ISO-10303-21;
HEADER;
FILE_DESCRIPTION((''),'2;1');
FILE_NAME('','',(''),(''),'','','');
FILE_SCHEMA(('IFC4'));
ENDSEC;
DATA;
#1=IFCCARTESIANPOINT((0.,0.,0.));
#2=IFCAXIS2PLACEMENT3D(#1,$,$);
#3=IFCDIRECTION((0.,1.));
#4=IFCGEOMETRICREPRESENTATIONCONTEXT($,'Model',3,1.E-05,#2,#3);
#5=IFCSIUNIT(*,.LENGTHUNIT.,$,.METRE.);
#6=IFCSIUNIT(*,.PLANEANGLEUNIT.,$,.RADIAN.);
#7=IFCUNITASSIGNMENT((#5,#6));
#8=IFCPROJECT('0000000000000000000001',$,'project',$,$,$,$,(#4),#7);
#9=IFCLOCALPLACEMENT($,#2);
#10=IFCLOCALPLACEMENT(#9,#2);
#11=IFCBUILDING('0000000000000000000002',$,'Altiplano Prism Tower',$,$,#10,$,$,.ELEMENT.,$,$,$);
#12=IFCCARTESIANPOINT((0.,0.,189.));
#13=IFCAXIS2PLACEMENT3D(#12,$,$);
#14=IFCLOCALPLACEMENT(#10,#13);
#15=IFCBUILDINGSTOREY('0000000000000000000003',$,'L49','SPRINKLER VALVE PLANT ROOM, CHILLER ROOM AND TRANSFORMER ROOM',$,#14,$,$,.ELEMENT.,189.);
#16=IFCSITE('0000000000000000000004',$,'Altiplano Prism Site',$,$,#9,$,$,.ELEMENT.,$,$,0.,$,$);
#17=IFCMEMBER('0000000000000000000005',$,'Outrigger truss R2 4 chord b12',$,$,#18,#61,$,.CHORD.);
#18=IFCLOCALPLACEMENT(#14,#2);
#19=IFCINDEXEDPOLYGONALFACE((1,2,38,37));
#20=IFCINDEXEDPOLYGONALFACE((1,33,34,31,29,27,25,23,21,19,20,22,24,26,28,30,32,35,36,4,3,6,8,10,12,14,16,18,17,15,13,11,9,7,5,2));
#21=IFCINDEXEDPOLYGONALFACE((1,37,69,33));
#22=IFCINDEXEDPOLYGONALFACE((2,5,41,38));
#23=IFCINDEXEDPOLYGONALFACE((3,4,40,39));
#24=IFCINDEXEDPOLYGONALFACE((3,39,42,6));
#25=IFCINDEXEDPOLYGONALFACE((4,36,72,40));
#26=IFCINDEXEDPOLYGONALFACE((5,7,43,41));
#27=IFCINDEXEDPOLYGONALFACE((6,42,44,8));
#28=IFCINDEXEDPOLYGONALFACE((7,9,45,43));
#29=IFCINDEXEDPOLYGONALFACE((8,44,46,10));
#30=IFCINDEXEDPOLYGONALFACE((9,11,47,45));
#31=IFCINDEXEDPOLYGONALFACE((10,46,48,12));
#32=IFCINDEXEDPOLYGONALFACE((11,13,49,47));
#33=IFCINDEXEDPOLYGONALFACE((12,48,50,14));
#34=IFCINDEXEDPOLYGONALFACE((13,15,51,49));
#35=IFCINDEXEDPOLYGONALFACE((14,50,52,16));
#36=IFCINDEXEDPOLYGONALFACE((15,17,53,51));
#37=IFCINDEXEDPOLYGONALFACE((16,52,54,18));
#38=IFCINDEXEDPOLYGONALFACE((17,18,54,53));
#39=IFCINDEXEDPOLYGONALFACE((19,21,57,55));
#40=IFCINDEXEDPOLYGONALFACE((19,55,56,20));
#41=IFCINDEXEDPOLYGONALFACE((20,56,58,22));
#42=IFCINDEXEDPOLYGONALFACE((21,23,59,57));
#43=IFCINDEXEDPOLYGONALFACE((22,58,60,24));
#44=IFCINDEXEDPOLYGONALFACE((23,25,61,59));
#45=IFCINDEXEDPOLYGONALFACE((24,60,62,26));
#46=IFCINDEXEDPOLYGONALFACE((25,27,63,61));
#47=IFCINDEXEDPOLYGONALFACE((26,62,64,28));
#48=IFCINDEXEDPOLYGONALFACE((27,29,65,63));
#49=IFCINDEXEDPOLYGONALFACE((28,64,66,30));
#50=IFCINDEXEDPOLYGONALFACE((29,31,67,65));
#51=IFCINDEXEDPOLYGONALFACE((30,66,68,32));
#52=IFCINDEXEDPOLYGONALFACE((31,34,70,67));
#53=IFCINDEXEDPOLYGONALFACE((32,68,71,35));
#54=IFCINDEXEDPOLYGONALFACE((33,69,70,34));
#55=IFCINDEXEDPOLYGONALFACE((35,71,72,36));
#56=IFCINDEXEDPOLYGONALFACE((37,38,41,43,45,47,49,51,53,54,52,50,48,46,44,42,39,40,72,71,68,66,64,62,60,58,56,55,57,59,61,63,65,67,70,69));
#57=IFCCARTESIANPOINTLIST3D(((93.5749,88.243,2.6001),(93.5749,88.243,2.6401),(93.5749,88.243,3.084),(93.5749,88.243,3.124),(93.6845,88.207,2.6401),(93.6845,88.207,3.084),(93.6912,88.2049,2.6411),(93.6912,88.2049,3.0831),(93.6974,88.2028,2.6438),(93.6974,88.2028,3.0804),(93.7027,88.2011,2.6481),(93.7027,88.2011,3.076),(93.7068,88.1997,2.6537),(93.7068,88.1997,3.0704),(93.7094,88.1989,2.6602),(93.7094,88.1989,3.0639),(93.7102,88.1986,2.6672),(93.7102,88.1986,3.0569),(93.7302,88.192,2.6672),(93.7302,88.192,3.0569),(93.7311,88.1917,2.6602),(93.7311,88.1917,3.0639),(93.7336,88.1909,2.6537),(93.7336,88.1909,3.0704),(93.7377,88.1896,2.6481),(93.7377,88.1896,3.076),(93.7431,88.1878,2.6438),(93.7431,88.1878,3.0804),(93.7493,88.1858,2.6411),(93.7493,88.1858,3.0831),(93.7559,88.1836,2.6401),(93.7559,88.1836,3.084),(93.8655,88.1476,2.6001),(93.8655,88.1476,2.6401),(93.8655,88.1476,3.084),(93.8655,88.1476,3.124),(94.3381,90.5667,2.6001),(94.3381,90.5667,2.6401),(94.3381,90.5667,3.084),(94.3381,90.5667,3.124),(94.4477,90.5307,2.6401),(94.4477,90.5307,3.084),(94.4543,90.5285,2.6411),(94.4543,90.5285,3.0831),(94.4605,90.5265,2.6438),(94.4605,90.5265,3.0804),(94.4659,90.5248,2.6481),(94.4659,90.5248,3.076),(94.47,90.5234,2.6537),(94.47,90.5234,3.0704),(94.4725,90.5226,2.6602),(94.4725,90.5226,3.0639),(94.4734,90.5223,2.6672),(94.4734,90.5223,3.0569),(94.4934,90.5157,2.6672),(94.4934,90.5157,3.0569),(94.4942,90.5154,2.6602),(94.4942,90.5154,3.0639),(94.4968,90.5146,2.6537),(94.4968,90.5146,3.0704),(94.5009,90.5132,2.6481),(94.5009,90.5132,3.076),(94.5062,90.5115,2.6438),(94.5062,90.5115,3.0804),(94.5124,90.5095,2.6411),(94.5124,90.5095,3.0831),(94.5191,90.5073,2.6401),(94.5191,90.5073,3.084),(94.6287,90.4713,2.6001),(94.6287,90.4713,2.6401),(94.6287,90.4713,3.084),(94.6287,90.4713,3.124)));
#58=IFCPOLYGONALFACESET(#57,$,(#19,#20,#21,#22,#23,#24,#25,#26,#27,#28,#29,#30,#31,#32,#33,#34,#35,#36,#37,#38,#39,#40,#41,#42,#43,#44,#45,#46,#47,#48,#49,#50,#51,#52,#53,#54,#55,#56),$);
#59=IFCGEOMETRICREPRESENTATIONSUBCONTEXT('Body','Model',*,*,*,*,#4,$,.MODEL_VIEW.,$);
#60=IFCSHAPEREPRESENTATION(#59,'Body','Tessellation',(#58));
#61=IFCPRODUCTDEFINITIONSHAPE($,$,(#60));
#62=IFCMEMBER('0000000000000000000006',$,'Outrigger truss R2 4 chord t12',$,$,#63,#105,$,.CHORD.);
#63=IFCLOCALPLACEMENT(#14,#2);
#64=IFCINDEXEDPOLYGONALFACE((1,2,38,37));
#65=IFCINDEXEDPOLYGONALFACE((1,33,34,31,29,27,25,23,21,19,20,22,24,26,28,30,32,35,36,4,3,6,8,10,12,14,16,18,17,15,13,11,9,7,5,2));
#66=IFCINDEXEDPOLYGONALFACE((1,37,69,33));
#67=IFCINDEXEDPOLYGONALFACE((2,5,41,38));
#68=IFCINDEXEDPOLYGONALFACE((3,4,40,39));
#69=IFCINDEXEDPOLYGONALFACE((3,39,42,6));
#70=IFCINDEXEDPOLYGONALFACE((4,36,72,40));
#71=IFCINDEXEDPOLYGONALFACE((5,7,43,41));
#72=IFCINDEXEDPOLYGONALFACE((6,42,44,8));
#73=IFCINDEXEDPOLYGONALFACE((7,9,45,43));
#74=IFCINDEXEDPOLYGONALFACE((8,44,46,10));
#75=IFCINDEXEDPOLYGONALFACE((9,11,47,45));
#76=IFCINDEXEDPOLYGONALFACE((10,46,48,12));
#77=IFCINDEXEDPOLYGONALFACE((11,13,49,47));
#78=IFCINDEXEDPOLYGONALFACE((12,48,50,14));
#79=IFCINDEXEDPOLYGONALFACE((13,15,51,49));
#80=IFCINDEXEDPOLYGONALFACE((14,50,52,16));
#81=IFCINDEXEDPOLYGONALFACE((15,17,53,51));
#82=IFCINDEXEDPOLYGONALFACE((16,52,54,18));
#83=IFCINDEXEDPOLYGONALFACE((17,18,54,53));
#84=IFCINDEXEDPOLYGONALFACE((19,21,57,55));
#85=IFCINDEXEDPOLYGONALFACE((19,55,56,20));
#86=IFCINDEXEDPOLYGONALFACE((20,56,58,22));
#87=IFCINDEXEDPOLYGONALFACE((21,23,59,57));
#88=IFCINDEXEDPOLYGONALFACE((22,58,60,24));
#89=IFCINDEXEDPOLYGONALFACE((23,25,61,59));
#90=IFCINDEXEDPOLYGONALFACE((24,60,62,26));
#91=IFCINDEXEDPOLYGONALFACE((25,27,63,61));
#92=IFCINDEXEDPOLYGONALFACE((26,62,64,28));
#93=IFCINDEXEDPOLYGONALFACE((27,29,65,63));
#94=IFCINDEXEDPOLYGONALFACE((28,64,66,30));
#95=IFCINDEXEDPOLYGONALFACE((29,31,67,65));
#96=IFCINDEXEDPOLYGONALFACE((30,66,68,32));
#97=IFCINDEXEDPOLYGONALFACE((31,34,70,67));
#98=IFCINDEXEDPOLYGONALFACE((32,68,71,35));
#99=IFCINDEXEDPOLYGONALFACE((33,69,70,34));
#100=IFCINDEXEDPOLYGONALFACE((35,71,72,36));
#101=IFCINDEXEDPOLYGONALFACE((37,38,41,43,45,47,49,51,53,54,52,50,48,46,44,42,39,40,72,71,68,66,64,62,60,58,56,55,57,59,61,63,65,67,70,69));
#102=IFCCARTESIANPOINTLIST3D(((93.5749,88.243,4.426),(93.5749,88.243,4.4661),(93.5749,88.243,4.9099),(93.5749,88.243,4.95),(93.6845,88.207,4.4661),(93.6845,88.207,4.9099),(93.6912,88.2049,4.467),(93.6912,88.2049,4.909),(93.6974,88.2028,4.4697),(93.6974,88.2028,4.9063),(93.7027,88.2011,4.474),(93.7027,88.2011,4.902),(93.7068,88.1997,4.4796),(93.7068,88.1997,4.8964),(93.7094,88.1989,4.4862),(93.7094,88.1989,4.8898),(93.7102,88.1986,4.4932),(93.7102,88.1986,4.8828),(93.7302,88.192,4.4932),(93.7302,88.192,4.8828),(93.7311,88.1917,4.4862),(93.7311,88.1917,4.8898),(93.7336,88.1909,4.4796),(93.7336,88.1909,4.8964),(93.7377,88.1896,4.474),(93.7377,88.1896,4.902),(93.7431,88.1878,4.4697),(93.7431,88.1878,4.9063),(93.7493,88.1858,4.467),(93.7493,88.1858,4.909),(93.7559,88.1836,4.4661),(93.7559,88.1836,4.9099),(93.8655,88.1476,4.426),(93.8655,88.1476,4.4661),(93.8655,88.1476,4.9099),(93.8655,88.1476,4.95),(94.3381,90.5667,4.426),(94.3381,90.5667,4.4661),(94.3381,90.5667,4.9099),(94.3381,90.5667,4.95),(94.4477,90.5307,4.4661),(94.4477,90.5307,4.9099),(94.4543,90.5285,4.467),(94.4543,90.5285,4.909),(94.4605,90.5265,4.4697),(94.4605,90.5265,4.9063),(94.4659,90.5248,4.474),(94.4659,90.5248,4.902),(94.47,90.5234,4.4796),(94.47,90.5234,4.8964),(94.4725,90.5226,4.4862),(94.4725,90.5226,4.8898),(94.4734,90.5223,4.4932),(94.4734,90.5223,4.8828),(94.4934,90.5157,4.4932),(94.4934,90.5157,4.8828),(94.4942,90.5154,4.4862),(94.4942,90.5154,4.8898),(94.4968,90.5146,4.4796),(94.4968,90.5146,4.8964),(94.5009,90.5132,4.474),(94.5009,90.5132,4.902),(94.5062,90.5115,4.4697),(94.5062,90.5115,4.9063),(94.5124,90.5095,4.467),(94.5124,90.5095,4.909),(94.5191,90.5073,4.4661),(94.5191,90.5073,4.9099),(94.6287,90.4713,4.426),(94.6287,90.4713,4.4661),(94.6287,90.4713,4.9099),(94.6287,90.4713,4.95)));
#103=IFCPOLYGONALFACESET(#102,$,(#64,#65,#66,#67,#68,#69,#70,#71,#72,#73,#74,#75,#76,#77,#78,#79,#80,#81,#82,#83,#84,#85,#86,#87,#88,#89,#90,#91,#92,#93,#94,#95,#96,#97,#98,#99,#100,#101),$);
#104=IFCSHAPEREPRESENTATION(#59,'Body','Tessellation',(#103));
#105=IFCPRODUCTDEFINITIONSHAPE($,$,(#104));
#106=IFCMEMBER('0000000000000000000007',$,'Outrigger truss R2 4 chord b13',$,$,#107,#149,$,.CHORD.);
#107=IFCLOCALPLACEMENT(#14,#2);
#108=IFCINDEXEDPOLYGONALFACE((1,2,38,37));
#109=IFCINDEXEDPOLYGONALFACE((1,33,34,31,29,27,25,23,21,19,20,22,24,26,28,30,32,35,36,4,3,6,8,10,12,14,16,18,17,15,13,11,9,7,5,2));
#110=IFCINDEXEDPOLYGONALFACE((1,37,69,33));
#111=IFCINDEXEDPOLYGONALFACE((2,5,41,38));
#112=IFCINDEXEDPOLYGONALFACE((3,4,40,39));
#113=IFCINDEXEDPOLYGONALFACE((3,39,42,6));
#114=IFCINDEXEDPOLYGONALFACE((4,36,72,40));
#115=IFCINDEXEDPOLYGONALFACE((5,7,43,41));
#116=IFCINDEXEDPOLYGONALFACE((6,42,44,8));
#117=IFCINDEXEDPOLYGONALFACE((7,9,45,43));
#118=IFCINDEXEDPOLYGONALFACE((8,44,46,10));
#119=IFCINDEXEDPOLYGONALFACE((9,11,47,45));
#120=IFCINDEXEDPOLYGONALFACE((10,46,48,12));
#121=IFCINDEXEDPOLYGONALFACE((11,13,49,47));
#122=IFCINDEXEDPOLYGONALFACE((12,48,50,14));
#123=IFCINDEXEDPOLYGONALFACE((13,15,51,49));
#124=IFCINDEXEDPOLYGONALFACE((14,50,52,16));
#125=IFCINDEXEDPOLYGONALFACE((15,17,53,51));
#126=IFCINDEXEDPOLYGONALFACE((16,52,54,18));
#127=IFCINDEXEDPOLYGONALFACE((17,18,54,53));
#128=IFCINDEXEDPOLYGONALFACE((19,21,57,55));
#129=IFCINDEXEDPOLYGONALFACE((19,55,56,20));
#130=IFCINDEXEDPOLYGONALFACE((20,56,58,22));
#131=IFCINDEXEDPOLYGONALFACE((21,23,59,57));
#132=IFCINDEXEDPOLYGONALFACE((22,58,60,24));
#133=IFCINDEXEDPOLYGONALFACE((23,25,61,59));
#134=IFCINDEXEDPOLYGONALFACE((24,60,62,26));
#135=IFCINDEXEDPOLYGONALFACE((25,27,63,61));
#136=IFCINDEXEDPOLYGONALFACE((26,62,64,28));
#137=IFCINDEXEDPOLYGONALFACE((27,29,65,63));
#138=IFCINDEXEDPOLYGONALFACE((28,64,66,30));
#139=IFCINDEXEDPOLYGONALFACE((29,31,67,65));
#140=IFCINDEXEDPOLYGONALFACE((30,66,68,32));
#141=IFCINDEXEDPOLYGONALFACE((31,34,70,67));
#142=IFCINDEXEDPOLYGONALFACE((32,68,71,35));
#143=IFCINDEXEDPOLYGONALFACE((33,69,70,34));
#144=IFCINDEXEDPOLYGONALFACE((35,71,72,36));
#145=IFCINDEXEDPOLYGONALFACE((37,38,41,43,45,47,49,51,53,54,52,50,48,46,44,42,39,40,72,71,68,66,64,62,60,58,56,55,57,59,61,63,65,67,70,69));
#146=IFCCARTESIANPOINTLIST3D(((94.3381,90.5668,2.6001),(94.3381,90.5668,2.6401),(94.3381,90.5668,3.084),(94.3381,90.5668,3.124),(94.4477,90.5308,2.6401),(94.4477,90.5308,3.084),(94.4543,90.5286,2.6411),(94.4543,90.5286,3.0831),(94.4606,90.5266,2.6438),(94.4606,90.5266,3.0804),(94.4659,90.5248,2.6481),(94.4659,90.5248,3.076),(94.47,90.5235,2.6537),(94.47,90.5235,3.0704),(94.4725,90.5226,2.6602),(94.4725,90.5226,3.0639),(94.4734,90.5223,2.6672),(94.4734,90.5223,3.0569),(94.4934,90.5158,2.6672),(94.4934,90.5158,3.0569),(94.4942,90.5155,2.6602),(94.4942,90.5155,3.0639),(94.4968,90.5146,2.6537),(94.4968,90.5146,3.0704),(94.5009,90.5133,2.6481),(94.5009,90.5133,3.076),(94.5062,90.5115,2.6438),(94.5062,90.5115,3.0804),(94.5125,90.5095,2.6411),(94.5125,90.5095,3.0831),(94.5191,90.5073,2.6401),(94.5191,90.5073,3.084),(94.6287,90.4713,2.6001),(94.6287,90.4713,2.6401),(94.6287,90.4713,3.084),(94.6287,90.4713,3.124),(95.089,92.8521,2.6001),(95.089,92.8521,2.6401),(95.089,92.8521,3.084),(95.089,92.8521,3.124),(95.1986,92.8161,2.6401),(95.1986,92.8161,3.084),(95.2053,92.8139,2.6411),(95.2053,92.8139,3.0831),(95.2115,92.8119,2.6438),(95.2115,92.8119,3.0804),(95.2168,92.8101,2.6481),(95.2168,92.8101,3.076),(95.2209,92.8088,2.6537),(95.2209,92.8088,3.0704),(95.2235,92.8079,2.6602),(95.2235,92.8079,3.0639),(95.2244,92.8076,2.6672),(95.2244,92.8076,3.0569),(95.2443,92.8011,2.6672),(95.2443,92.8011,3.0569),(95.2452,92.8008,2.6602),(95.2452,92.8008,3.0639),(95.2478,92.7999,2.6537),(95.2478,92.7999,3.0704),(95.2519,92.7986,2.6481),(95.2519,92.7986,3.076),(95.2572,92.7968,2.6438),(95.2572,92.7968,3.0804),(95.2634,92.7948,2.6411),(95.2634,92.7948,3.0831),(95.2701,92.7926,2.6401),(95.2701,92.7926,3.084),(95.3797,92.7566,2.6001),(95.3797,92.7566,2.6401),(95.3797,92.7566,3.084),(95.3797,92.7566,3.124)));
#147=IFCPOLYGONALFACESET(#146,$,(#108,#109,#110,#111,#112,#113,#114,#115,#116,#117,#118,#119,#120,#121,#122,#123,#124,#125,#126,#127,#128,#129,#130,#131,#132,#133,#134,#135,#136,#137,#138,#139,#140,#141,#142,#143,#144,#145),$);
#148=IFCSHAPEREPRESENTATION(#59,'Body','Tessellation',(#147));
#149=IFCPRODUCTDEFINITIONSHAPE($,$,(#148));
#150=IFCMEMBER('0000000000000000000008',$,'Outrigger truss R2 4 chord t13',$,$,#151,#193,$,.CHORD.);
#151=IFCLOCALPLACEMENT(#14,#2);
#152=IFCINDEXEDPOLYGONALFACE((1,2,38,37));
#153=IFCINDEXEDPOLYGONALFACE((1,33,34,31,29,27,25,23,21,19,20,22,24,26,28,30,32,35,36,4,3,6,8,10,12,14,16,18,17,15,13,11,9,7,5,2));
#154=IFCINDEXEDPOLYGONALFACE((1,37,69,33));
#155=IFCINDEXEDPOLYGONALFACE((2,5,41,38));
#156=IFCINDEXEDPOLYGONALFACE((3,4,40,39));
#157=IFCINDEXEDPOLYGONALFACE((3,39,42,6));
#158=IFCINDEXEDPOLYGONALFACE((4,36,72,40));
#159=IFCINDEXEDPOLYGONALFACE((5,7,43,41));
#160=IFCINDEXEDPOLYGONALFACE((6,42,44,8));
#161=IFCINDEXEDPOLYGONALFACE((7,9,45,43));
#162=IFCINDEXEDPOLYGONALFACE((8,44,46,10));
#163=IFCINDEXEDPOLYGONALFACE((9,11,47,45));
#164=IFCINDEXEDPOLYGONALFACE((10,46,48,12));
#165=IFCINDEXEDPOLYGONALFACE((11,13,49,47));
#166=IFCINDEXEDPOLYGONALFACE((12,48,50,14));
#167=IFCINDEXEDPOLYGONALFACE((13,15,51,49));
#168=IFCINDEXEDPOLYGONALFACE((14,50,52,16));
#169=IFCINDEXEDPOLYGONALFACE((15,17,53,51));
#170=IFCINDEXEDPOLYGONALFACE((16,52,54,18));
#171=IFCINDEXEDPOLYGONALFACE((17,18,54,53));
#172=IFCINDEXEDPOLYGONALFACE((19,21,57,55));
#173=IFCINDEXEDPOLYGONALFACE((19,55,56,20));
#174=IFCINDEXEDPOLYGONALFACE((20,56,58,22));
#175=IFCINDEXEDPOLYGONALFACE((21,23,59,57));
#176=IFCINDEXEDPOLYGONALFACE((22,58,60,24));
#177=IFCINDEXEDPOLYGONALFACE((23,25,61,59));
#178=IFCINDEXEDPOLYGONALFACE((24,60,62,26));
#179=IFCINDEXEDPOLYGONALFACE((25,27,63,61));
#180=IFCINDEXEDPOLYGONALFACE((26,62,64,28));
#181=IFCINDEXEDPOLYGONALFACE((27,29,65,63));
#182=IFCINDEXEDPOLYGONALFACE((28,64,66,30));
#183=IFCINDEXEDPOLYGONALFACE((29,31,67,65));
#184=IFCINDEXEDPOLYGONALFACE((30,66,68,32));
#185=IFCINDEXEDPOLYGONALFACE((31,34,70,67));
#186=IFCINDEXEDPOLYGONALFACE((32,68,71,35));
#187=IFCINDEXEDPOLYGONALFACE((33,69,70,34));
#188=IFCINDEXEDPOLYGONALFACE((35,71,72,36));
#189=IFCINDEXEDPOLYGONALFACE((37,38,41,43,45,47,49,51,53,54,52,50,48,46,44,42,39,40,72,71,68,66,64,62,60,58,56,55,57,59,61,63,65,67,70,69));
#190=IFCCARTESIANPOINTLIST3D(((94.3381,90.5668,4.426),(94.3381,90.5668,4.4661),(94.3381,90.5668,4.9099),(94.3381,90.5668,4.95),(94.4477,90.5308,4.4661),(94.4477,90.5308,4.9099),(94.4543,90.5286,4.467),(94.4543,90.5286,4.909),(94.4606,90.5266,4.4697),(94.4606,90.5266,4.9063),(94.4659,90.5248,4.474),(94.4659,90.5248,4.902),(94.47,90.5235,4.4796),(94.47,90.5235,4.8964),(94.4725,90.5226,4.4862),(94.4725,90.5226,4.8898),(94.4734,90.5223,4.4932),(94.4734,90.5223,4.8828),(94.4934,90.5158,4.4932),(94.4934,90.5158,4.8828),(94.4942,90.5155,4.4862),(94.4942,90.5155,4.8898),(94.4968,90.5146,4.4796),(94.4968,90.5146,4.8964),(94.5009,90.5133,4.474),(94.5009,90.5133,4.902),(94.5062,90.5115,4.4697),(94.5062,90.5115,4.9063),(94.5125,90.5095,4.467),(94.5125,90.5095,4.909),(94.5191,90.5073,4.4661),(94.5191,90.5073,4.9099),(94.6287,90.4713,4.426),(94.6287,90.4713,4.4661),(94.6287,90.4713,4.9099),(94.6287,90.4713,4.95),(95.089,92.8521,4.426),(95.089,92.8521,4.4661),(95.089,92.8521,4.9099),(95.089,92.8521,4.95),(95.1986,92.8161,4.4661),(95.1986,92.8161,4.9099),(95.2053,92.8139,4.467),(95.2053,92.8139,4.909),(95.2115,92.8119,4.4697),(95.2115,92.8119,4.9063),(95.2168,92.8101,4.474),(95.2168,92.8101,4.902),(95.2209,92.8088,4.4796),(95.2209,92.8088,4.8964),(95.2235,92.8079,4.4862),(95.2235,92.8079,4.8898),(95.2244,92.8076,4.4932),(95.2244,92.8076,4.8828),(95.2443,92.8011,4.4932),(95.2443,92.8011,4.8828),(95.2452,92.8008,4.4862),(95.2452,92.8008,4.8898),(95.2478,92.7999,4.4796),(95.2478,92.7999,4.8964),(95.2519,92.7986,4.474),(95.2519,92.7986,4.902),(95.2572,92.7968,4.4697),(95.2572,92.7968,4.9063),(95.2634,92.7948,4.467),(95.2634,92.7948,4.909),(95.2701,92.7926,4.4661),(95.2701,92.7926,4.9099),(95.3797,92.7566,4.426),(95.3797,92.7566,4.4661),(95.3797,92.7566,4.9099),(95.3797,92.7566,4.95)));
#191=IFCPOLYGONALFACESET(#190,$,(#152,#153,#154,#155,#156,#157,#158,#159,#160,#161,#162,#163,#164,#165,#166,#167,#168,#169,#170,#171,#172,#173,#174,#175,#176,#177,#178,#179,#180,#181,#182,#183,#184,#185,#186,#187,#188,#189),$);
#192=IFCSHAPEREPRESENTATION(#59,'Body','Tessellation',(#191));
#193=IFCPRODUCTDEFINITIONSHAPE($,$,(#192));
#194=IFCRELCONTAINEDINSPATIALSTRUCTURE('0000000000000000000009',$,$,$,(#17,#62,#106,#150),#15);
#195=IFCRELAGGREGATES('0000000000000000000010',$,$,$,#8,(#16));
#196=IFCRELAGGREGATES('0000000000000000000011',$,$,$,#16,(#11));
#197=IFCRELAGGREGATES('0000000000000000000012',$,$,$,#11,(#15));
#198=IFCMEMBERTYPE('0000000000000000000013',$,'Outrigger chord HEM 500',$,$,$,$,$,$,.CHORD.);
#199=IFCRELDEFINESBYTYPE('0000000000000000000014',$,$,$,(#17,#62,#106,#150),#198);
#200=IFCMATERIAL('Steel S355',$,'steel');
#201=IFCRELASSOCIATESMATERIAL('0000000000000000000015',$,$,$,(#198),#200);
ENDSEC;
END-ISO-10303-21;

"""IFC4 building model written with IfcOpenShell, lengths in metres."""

from ifc_helpers import new_model, si_unit, direction, frame, origin, origin_2d, place, context, subcontext, project, spatial, i_section, extrude, material, material_profile, profile_set, type_object, element, save


model = new_model("IFC4")

# Units and contexts
model_context = context("Model", 3, precision=1e-05, world=origin(), true_north=direction((0.0, 1.0)))
body_context = subcontext(model_context, "Body", "Model", "MODEL_VIEW")
ifc_project = project(units=[si_unit("LENGTHUNIT", "METRE"), si_unit("PLANEANGLEUNIT", "RADIAN")], contexts=[model_context])

# Site, building, storey
site_placement = place(None, origin())
site = spatial("IfcSite", under=ifc_project, at=site_placement, Name="Altiplano Prism Site", CompositionType="ELEMENT", RefElevation=0.0)
building_placement = place(site_placement, origin())
building = spatial("IfcBuilding", under=site, at=building_placement, Name="Altiplano Prism Tower", CompositionType="ELEMENT")
storey_placement = place(building_placement, frame((0.0, 0.0, 189.0)))
storey = spatial("IfcBuildingStorey", under=building, at=storey_placement, Name="L49", Description="SPRINKLER VALVE PLANT ROOM, CHILLER ROOM AND TRANSFORMER ROOM", CompositionType="ELEMENT", Elevation=189.0)

# Members
ifc_material_1 = material(Name="Steel S355", Category="steel")
ifc_material_profile_1 = material_profile(ifc_material_1, i_section(OverallWidth=0.3059, OverallDepth=0.5239, WebThickness=0.021, FlangeThickness=0.04, FilletRadius=0.0271, at=origin_2d()), Name="Outrigger chord HEM 500")
ifc_profile_set_1 = profile_set([ifc_material_profile_1], Name="Steel S355")
member_type_1 = type_object("IfcMemberType", Name="Outrigger chord HEM 500", PredefinedType="CHORD", material=ifc_profile_set_1)
for number, where, z_axis, x_axis, name in (
    (1, (93.7202, 88.1953, 2.8621), (0.312032, 0.950071, 0.0), (-0.950071, 0.312032, 0.0), "Outrigger truss R2 4 chord b12"),
    (2, (93.7202, 88.1953, 4.688), (0.312032, 0.950071, 0.0), (-0.950071, 0.312032, 0.0), "Outrigger truss R2 4 chord t12"),
):
    element("IfcMember", number, at=place(storey_placement, frame(where, z_axis=z_axis, x_axis=x_axis)), inside=storey, type_object=member_type_1, Name=name, PredefinedType="CHORD", context=body_context, shape_type="SweptSolid", body=[
        extrude(i_section(OverallWidth=0.3059, OverallDepth=0.5239, WebThickness=0.021, FlangeThickness=0.04, FilletRadius=0.0271, at=origin_2d()), origin(), (0.0, 0.0, 1.0), 2.4458),
    ])
for number, where, z_axis, x_axis, name in (
    (3, (94.4834, 90.519, 2.8621), (0.312176, 0.950024, 0.0), (-0.950024, 0.312176, 0.0), "Outrigger truss R2 4 chord b13"),
    (4, (94.4834, 90.519, 4.688), (0.312176, 0.950024, 0.0), (-0.950024, 0.312176, 0.0), "Outrigger truss R2 4 chord t13"),
):
    element("IfcMember", number, at=place(storey_placement, frame(where, z_axis=z_axis, x_axis=x_axis)), inside=storey, type_object=member_type_1, Name=name, PredefinedType="CHORD", context=body_context, shape_type="SweptSolid", body=[
        extrude(i_section(OverallWidth=0.3059, OverallDepth=0.5239, WebThickness=0.021, FlangeThickness=0.04, FilletRadius=0.0271, at=origin_2d()), origin(), (0.0, 0.0, 1.0), 2.4055),
    ])

save(model, "model.ifc")
